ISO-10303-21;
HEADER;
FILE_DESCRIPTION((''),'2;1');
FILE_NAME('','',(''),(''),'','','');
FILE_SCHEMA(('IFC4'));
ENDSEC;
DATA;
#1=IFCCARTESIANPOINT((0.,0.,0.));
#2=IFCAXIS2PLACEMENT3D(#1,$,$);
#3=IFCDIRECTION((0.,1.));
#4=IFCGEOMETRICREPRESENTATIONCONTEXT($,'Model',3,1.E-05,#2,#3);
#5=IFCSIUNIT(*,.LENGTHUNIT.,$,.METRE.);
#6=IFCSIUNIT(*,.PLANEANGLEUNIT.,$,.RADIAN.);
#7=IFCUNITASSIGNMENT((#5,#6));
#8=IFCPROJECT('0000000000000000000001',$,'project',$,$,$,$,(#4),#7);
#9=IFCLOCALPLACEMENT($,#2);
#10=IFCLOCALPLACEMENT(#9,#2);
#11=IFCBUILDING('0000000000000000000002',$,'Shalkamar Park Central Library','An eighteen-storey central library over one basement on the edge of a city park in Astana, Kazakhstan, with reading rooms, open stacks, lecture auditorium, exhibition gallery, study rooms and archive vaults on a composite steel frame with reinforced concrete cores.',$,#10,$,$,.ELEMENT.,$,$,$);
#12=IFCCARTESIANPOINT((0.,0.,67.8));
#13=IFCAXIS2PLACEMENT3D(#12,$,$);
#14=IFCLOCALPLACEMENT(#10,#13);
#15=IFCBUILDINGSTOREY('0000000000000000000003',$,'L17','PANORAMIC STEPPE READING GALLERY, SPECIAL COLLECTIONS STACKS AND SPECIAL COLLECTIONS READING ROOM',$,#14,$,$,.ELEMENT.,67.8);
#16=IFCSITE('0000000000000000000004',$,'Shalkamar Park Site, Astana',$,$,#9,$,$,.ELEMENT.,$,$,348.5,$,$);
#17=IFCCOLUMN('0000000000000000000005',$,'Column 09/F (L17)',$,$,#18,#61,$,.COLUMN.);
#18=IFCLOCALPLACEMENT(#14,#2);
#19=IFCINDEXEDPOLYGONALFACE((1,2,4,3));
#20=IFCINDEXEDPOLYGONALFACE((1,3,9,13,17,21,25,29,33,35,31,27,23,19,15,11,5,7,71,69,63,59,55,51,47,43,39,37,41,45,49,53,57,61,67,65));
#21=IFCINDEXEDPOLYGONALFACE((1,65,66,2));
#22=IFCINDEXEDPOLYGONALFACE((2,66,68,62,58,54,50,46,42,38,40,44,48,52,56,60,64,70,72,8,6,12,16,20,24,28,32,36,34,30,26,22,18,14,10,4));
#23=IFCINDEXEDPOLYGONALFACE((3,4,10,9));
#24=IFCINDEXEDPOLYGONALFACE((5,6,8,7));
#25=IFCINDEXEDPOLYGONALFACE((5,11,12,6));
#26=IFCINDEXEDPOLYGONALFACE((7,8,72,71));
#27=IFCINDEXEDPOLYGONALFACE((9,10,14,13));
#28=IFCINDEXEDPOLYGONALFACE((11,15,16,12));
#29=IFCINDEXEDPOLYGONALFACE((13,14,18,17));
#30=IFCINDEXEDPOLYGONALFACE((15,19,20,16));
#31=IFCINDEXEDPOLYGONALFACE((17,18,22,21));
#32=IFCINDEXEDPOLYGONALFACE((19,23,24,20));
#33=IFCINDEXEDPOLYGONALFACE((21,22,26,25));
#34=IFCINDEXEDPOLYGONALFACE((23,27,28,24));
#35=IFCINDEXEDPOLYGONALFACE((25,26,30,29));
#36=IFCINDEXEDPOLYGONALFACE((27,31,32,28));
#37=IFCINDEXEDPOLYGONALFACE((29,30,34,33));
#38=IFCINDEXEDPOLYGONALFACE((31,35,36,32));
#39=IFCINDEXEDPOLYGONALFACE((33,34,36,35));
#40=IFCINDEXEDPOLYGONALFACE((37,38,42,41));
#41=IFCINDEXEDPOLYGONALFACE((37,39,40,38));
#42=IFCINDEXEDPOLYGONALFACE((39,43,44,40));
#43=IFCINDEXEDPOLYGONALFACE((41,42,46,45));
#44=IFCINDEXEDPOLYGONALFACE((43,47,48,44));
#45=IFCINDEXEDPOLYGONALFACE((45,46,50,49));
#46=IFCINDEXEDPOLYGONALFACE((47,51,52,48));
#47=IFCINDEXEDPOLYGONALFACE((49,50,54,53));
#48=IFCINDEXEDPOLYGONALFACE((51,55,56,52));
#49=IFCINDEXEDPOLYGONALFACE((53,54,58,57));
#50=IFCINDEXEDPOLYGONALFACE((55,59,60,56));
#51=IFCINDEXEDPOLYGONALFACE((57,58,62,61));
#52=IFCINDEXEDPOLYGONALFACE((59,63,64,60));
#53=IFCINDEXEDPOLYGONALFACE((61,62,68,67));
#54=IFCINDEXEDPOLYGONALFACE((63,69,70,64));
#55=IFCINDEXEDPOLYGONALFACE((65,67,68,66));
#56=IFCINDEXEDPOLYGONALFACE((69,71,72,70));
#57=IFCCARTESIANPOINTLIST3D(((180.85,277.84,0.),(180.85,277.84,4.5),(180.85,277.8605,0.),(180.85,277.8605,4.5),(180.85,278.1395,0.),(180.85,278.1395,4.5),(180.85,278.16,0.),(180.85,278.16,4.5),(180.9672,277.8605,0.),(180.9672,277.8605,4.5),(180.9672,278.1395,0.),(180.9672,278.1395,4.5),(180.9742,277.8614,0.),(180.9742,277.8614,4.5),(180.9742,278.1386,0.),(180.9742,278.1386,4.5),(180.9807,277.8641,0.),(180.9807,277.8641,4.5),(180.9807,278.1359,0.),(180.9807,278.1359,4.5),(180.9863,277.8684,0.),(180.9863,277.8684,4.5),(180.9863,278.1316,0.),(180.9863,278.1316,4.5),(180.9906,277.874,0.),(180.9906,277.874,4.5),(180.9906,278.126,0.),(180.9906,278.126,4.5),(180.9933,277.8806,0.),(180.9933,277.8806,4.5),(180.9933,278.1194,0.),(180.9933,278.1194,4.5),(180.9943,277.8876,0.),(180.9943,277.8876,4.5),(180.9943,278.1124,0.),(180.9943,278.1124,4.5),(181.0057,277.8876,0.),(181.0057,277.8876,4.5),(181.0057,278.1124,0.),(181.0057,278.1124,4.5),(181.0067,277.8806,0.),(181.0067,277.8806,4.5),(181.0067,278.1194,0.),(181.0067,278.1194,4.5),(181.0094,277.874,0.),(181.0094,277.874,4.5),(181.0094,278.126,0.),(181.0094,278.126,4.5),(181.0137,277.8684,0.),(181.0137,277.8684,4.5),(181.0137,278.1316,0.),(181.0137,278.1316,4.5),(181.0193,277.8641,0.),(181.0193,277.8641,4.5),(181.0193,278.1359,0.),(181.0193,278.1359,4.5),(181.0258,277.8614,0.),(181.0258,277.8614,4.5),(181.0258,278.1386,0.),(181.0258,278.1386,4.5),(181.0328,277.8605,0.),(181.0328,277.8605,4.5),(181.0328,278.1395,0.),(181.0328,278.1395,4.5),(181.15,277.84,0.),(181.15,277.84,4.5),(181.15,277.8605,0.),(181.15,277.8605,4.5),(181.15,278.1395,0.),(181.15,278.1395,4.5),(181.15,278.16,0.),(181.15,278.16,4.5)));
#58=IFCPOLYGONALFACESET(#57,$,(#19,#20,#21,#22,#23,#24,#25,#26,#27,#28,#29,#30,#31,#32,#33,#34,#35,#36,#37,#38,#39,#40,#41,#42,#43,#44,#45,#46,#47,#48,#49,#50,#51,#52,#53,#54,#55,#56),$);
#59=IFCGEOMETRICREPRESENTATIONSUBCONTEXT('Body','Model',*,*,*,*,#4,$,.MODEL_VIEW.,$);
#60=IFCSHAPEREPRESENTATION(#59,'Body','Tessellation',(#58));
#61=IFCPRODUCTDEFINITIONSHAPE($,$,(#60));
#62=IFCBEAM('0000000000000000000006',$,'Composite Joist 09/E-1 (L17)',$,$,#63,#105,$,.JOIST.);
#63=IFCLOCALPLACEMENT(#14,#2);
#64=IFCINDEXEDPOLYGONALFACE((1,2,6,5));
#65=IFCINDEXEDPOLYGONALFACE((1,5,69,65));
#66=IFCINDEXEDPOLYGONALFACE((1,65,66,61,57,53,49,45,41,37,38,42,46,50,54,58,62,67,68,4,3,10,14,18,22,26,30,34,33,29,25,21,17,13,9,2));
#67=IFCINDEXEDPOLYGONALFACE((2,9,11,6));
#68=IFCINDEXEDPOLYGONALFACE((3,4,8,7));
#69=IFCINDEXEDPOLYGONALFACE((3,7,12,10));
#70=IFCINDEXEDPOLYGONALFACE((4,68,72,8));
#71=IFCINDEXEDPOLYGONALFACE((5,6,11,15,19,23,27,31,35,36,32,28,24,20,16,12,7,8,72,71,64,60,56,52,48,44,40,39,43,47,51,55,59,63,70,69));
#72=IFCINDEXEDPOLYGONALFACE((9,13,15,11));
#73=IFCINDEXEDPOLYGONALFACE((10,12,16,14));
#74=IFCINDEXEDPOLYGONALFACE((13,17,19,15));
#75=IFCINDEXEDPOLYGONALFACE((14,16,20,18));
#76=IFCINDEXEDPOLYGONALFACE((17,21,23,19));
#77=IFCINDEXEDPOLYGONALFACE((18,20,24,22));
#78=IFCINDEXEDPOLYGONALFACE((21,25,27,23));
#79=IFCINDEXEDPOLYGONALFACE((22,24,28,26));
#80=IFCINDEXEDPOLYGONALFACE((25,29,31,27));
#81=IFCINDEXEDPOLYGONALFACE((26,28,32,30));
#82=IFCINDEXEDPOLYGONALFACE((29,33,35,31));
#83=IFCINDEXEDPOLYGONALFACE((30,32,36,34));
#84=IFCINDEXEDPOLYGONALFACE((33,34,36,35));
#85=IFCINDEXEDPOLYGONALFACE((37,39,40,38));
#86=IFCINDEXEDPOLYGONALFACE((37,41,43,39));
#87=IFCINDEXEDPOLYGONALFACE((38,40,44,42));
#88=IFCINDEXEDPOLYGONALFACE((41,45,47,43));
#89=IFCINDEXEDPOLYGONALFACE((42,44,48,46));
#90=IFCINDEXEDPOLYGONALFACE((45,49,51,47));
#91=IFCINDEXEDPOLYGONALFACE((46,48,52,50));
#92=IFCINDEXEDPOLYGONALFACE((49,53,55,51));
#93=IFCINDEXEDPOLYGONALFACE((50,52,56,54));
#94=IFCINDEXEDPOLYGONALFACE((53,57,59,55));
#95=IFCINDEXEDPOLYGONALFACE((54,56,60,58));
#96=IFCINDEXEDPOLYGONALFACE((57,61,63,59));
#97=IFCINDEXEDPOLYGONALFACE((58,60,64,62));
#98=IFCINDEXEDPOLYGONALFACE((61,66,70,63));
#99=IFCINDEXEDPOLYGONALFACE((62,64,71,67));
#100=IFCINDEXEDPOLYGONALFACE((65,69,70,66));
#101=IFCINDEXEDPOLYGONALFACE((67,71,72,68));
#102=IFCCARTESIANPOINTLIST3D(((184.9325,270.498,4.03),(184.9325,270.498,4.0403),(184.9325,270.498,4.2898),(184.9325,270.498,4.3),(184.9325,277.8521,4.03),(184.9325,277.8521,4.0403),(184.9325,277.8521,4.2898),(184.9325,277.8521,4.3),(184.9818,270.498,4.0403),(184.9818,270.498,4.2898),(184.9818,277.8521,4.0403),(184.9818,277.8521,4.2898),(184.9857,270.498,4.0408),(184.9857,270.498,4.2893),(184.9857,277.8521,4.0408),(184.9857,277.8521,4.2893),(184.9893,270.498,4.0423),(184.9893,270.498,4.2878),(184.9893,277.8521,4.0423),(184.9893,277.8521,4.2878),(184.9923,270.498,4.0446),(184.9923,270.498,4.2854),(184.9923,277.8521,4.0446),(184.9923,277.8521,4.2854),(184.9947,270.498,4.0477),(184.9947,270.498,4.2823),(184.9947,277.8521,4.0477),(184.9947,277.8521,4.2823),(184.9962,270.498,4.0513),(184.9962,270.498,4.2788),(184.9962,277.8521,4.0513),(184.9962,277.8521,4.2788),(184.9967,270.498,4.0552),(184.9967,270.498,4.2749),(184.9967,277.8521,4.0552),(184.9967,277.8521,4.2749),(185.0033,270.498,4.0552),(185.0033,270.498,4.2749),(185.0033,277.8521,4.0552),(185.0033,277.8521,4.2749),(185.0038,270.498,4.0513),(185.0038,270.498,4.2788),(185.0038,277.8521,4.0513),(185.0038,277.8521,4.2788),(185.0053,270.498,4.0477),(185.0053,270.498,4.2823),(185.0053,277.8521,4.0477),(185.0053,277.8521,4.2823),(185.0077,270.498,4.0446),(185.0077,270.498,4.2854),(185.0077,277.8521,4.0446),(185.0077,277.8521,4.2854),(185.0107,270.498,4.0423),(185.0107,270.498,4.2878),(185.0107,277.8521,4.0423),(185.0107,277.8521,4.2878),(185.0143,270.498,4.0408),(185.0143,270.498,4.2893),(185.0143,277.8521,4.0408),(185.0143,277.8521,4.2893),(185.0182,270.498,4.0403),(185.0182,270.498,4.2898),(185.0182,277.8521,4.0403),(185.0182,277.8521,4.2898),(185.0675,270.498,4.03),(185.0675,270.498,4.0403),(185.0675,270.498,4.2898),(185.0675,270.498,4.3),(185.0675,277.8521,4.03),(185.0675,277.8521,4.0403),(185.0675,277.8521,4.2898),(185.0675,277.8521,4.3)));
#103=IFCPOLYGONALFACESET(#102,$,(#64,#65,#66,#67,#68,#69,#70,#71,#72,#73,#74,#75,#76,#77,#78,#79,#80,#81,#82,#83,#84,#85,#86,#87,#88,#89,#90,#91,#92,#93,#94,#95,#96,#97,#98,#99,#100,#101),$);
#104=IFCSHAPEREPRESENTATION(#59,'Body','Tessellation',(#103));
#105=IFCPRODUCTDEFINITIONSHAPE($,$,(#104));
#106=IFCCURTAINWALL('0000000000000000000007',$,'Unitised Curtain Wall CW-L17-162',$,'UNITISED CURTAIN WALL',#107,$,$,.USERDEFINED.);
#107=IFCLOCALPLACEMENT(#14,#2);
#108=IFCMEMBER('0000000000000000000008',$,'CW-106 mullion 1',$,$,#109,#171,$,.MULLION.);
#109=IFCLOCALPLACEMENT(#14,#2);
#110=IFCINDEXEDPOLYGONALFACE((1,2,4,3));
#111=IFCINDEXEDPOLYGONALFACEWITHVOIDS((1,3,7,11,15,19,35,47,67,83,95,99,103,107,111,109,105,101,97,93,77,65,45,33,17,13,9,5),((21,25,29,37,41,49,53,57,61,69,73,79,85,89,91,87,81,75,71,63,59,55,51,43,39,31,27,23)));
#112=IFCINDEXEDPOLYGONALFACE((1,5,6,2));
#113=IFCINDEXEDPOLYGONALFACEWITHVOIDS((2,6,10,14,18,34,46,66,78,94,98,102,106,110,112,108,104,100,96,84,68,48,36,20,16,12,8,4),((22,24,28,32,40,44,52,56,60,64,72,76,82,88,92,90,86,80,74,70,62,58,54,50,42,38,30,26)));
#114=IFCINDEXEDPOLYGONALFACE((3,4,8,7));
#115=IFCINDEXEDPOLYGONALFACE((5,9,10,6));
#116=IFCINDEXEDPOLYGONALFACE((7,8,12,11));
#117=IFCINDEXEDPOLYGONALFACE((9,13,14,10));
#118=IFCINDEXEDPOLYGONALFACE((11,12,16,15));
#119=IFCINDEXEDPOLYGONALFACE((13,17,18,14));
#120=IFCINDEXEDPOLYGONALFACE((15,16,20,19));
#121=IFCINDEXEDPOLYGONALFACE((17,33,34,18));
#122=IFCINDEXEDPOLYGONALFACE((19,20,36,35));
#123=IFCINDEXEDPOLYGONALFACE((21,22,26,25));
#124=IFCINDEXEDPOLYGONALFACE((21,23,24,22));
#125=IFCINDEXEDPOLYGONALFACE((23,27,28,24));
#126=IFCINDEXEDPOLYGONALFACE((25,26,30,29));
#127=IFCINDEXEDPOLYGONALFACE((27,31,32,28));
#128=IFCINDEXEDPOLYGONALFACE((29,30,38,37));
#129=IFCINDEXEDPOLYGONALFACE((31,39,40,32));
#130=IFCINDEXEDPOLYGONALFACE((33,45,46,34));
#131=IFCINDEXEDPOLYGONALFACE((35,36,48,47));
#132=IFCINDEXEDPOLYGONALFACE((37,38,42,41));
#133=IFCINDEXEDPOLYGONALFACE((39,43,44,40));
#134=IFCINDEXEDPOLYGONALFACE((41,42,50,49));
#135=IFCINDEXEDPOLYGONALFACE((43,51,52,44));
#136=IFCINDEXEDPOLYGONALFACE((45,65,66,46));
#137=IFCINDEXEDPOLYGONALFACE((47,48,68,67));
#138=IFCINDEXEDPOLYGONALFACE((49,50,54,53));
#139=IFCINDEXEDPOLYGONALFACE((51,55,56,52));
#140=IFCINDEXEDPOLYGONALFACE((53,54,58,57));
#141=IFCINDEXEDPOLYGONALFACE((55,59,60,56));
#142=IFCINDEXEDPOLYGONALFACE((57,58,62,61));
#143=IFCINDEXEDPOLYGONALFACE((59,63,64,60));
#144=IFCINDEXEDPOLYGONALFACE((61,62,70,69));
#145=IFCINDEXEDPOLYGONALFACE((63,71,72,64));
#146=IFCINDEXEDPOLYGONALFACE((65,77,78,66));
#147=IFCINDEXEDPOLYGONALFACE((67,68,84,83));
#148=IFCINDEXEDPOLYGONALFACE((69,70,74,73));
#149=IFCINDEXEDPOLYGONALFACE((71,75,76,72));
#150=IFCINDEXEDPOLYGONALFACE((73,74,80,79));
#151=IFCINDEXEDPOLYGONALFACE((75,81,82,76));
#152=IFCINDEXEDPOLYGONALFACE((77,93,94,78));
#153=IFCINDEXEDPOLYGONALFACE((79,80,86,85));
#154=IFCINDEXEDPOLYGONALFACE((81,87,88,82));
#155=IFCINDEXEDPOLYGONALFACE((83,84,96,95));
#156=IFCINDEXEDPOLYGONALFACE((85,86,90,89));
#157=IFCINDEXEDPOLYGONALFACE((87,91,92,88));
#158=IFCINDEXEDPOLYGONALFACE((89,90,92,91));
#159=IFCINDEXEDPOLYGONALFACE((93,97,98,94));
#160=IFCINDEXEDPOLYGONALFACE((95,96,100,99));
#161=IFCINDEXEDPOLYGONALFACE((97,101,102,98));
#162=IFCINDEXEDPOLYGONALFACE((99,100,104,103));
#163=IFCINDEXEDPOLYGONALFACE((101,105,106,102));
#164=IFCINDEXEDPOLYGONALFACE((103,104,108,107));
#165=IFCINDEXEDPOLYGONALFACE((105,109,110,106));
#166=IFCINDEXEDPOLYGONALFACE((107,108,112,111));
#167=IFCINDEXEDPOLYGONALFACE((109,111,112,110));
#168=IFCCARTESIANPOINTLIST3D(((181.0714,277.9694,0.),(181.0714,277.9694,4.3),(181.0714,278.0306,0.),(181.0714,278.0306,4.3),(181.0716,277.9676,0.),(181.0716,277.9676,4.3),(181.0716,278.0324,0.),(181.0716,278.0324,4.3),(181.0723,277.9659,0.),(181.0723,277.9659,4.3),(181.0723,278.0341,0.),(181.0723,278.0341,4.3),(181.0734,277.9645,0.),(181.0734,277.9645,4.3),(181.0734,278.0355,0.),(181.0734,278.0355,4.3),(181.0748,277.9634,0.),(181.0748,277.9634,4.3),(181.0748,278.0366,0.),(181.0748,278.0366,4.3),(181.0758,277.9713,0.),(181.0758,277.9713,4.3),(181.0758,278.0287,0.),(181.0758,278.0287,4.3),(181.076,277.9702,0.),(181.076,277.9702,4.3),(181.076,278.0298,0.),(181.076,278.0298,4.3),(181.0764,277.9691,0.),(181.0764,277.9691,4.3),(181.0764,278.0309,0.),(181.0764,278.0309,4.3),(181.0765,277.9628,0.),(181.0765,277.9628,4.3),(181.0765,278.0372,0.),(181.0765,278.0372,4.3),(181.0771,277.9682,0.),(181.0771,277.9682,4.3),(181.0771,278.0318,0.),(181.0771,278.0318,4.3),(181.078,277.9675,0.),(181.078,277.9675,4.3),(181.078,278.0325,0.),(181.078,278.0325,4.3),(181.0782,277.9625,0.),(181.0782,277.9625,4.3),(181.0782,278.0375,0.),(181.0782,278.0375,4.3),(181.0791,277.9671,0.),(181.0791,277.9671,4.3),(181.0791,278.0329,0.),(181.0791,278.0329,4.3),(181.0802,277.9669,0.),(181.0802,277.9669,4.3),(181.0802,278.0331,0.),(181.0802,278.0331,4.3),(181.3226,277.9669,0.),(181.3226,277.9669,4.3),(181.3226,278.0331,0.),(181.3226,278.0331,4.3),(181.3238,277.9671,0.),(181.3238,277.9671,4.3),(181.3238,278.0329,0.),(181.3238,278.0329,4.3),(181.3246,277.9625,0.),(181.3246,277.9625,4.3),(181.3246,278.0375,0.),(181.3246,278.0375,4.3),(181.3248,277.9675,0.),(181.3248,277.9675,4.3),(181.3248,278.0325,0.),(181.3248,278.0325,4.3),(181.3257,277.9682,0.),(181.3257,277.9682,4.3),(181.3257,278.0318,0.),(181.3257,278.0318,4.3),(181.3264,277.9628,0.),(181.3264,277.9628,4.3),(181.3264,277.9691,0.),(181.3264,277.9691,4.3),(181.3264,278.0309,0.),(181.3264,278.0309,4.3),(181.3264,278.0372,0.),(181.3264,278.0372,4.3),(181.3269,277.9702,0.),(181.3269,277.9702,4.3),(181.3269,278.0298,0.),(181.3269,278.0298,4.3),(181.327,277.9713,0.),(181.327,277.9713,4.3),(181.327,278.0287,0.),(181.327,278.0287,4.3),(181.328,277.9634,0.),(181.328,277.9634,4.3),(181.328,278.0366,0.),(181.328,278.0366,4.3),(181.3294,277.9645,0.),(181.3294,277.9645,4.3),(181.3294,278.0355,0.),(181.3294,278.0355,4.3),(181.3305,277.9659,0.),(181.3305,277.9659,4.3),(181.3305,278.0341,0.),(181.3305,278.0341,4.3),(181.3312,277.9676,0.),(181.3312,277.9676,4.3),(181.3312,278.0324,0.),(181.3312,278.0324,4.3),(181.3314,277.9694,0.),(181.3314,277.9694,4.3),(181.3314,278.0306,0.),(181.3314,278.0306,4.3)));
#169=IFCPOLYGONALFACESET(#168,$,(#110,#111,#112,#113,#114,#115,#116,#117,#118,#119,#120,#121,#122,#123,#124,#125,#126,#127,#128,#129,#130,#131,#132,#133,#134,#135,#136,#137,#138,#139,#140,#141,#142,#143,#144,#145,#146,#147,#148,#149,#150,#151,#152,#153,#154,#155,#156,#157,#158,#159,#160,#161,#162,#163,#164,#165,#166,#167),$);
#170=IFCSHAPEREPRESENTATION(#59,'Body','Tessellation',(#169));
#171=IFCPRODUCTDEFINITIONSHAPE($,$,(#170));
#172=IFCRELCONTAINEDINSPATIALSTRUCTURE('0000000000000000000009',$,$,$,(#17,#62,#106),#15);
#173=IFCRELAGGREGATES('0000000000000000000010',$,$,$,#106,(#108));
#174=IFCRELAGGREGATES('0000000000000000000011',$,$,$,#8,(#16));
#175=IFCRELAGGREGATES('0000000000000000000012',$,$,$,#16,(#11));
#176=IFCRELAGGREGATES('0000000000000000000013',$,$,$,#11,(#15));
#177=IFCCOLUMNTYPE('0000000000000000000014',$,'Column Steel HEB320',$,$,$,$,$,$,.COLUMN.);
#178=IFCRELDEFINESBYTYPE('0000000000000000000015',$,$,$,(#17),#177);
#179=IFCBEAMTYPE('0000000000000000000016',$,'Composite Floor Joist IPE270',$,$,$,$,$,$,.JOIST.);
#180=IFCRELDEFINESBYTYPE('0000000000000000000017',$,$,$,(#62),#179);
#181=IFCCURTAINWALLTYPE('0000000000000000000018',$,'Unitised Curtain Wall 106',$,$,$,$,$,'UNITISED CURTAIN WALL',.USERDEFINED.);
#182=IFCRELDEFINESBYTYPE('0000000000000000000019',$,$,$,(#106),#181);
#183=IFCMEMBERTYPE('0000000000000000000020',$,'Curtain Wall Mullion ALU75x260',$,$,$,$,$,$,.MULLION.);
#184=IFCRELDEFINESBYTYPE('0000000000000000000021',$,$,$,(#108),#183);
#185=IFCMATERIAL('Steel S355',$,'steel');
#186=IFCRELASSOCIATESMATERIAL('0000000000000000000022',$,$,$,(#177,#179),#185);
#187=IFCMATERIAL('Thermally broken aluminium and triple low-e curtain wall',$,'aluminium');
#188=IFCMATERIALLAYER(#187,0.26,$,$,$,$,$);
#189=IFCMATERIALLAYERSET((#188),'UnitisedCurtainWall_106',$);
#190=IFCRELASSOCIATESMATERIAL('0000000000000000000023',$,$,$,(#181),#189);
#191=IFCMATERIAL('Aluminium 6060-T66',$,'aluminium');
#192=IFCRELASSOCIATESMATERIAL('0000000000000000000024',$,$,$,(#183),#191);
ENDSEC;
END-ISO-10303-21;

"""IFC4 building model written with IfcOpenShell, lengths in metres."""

from ifc_helpers import new_model, si_unit, direction, frame, origin, origin_2d, place, context, subcontext, project, spatial, hollow_rectangle, i_section, extrude, material, layer, layer_set, material_profile, profile_set, type_object, element, aggregate, save


model = new_model("IFC4")

# Units and contexts
model_context = context("Model", 3, precision=1e-05, world=origin(), true_north=direction((0.0, 1.0)))
body_context = subcontext(model_context, "Body", "Model", "MODEL_VIEW")
ifc_project = project(units=[si_unit("LENGTHUNIT", "METRE"), si_unit("PLANEANGLEUNIT", "RADIAN")], contexts=[model_context])

# Site, building, storey
site_placement = place(None, origin())
site = spatial("IfcSite", under=ifc_project, at=site_placement, Name="Shalkamar Park Site, Astana", CompositionType="ELEMENT", RefElevation=348.5)
building_placement = place(site_placement, origin())
building = spatial("IfcBuilding", under=site, at=building_placement, Name="Shalkamar Park Central Library", Description="An eighteen-storey central library over one basement on the edge of a city park in Astana, Kazakhstan, with reading rooms, open stacks, lecture auditorium, exhibition gallery, study rooms and archive vaults on a composite steel frame with reinforced concrete cores.", CompositionType="ELEMENT")
storey_placement = place(building_placement, frame((0.0, 0.0, 67.8)))
storey = spatial("IfcBuildingStorey", under=building, at=storey_placement, Name="L17", Description="PANORAMIC STEPPE READING GALLERY, SPECIAL COLLECTIONS STACKS AND SPECIAL COLLECTIONS READING ROOM", CompositionType="ELEMENT", Elevation=67.8)

# Column
ifc_material_1 = material(Name="Steel S355", Category="steel")
ifc_material_profile_1 = material_profile(ifc_material_1, i_section(OverallWidth=0.3, OverallDepth=0.3201, WebThickness=0.0115, FlangeThickness=0.0205, FilletRadius=0.0271, at=origin_2d()), Name="HEB 320")
ifc_profile_set_1 = profile_set([ifc_material_profile_1], Name="Steel S355")
column_type = type_object("IfcColumnType", Name="Column Steel HEB320", PredefinedType="COLUMN", material=ifc_profile_set_1)
column_placement = place(storey_placement, frame((181.0, 278.0, 0.0), z_axis=(0.0, 0.0, 1.0), x_axis=(1.0, 0.0, 0.0)))
element("IfcColumn", 1, at=column_placement, inside=storey, type_object=column_type, Name="Column 09/F (L17)", PredefinedType="COLUMN", context=body_context, shape_type="SweptSolid", body=[
    extrude(i_section(OverallWidth=0.3, OverallDepth=0.3201, WebThickness=0.0115, FlangeThickness=0.0205, FilletRadius=0.0271, at=origin_2d()), origin(), (0.0, 0.0, 1.0), 4.5),
])

# Beam
ifc_material_profile_2 = material_profile(ifc_material_1, i_section(OverallWidth=0.135, OverallDepth=0.27, WebThickness=0.0066, FlangeThickness=0.0103, FilletRadius=0.0149, at=origin_2d()), Name="IPE 270")
ifc_profile_set_2 = profile_set([ifc_material_profile_2], Name="Steel S355")
beam_type_1 = type_object("IfcBeamType", Name="Composite Floor Joist IPE270", PredefinedType="JOIST", material=ifc_profile_set_2)
beam_1_placement = place(storey_placement, frame((185.0, 270.498, 4.165), z_axis=(0.0, 1.0, 0.0), x_axis=(-1.0, 0.0, 0.0)))
element("IfcBeam", 2, at=beam_1_placement, inside=storey, type_object=beam_type_1, Name="Composite Joist 09/E-1 (L17)", PredefinedType="JOIST", context=body_context, shape_type="SweptSolid", body=[
    extrude(i_section(OverallWidth=0.135, OverallDepth=0.27, WebThickness=0.0066, FlangeThickness=0.0103, FilletRadius=0.0149, at=origin_2d()), origin(), (0.0, 0.0, 1.0), 7.354),
])

# Curtain wall, member
ifc_material_2 = material(Name="Thermally broken aluminium and triple low-e curtain wall", Category="aluminium")
ifc_layer_1 = layer(ifc_material_2, 0.26)
ifc_layer_set_1 = layer_set([ifc_layer_1], Name="UnitisedCurtainWall_106")
curtain_wall_type = type_object("IfcCurtainWallType", Name="Unitised Curtain Wall 106", ElementType="UNITISED CURTAIN WALL", PredefinedType="USERDEFINED", material=ifc_layer_set_1)
curtain_wall_placement = place(storey_placement, origin())
curtain_wall = element("IfcCurtainWall", 3, at=curtain_wall_placement, inside=storey, type_object=curtain_wall_type, Name="Unitised Curtain Wall CW-L17-162", ObjectType="UNITISED CURTAIN WALL", PredefinedType="USERDEFINED")
ifc_material_3 = material(Name="Aluminium 6060-T66", Category="aluminium")
ifc_material_profile_3 = material_profile(ifc_material_3, hollow_rectangle(XDim=0.075, YDim=0.26, WallThickness=0.0044, InnerFilletRadius=0.0044, OuterFilletRadius=0.0068, at=origin_2d()), Name="ALU 75x260x4.5")
ifc_profile_set_3 = profile_set([ifc_material_profile_3], Name="Aluminium 6060-T66")
member_type_1 = type_object("IfcMemberType", Name="Curtain Wall Mullion ALU75x260", PredefinedType="MULLION", material=ifc_profile_set_3)
member_1_placement = place(storey_placement, frame((181.2014, 278.0, 0.0), z_axis=(0.0, 0.0, 1.0), x_axis=(0.0, 1.0, 0.0)))
member_1 = element("IfcMember", 4, at=member_1_placement, type_object=member_type_1, Name="CW-106 mullion 1", PredefinedType="MULLION", context=body_context, shape_type="SweptSolid", body=[
    extrude(hollow_rectangle(XDim=0.075, YDim=0.26, WallThickness=0.0044, InnerFilletRadius=0.0044, OuterFilletRadius=0.0068, at=origin_2d()), origin(), (0.0, 0.0, 1.0), 4.3),
])

aggregate(curtain_wall, [member_1])

save(model, "model.ifc")
